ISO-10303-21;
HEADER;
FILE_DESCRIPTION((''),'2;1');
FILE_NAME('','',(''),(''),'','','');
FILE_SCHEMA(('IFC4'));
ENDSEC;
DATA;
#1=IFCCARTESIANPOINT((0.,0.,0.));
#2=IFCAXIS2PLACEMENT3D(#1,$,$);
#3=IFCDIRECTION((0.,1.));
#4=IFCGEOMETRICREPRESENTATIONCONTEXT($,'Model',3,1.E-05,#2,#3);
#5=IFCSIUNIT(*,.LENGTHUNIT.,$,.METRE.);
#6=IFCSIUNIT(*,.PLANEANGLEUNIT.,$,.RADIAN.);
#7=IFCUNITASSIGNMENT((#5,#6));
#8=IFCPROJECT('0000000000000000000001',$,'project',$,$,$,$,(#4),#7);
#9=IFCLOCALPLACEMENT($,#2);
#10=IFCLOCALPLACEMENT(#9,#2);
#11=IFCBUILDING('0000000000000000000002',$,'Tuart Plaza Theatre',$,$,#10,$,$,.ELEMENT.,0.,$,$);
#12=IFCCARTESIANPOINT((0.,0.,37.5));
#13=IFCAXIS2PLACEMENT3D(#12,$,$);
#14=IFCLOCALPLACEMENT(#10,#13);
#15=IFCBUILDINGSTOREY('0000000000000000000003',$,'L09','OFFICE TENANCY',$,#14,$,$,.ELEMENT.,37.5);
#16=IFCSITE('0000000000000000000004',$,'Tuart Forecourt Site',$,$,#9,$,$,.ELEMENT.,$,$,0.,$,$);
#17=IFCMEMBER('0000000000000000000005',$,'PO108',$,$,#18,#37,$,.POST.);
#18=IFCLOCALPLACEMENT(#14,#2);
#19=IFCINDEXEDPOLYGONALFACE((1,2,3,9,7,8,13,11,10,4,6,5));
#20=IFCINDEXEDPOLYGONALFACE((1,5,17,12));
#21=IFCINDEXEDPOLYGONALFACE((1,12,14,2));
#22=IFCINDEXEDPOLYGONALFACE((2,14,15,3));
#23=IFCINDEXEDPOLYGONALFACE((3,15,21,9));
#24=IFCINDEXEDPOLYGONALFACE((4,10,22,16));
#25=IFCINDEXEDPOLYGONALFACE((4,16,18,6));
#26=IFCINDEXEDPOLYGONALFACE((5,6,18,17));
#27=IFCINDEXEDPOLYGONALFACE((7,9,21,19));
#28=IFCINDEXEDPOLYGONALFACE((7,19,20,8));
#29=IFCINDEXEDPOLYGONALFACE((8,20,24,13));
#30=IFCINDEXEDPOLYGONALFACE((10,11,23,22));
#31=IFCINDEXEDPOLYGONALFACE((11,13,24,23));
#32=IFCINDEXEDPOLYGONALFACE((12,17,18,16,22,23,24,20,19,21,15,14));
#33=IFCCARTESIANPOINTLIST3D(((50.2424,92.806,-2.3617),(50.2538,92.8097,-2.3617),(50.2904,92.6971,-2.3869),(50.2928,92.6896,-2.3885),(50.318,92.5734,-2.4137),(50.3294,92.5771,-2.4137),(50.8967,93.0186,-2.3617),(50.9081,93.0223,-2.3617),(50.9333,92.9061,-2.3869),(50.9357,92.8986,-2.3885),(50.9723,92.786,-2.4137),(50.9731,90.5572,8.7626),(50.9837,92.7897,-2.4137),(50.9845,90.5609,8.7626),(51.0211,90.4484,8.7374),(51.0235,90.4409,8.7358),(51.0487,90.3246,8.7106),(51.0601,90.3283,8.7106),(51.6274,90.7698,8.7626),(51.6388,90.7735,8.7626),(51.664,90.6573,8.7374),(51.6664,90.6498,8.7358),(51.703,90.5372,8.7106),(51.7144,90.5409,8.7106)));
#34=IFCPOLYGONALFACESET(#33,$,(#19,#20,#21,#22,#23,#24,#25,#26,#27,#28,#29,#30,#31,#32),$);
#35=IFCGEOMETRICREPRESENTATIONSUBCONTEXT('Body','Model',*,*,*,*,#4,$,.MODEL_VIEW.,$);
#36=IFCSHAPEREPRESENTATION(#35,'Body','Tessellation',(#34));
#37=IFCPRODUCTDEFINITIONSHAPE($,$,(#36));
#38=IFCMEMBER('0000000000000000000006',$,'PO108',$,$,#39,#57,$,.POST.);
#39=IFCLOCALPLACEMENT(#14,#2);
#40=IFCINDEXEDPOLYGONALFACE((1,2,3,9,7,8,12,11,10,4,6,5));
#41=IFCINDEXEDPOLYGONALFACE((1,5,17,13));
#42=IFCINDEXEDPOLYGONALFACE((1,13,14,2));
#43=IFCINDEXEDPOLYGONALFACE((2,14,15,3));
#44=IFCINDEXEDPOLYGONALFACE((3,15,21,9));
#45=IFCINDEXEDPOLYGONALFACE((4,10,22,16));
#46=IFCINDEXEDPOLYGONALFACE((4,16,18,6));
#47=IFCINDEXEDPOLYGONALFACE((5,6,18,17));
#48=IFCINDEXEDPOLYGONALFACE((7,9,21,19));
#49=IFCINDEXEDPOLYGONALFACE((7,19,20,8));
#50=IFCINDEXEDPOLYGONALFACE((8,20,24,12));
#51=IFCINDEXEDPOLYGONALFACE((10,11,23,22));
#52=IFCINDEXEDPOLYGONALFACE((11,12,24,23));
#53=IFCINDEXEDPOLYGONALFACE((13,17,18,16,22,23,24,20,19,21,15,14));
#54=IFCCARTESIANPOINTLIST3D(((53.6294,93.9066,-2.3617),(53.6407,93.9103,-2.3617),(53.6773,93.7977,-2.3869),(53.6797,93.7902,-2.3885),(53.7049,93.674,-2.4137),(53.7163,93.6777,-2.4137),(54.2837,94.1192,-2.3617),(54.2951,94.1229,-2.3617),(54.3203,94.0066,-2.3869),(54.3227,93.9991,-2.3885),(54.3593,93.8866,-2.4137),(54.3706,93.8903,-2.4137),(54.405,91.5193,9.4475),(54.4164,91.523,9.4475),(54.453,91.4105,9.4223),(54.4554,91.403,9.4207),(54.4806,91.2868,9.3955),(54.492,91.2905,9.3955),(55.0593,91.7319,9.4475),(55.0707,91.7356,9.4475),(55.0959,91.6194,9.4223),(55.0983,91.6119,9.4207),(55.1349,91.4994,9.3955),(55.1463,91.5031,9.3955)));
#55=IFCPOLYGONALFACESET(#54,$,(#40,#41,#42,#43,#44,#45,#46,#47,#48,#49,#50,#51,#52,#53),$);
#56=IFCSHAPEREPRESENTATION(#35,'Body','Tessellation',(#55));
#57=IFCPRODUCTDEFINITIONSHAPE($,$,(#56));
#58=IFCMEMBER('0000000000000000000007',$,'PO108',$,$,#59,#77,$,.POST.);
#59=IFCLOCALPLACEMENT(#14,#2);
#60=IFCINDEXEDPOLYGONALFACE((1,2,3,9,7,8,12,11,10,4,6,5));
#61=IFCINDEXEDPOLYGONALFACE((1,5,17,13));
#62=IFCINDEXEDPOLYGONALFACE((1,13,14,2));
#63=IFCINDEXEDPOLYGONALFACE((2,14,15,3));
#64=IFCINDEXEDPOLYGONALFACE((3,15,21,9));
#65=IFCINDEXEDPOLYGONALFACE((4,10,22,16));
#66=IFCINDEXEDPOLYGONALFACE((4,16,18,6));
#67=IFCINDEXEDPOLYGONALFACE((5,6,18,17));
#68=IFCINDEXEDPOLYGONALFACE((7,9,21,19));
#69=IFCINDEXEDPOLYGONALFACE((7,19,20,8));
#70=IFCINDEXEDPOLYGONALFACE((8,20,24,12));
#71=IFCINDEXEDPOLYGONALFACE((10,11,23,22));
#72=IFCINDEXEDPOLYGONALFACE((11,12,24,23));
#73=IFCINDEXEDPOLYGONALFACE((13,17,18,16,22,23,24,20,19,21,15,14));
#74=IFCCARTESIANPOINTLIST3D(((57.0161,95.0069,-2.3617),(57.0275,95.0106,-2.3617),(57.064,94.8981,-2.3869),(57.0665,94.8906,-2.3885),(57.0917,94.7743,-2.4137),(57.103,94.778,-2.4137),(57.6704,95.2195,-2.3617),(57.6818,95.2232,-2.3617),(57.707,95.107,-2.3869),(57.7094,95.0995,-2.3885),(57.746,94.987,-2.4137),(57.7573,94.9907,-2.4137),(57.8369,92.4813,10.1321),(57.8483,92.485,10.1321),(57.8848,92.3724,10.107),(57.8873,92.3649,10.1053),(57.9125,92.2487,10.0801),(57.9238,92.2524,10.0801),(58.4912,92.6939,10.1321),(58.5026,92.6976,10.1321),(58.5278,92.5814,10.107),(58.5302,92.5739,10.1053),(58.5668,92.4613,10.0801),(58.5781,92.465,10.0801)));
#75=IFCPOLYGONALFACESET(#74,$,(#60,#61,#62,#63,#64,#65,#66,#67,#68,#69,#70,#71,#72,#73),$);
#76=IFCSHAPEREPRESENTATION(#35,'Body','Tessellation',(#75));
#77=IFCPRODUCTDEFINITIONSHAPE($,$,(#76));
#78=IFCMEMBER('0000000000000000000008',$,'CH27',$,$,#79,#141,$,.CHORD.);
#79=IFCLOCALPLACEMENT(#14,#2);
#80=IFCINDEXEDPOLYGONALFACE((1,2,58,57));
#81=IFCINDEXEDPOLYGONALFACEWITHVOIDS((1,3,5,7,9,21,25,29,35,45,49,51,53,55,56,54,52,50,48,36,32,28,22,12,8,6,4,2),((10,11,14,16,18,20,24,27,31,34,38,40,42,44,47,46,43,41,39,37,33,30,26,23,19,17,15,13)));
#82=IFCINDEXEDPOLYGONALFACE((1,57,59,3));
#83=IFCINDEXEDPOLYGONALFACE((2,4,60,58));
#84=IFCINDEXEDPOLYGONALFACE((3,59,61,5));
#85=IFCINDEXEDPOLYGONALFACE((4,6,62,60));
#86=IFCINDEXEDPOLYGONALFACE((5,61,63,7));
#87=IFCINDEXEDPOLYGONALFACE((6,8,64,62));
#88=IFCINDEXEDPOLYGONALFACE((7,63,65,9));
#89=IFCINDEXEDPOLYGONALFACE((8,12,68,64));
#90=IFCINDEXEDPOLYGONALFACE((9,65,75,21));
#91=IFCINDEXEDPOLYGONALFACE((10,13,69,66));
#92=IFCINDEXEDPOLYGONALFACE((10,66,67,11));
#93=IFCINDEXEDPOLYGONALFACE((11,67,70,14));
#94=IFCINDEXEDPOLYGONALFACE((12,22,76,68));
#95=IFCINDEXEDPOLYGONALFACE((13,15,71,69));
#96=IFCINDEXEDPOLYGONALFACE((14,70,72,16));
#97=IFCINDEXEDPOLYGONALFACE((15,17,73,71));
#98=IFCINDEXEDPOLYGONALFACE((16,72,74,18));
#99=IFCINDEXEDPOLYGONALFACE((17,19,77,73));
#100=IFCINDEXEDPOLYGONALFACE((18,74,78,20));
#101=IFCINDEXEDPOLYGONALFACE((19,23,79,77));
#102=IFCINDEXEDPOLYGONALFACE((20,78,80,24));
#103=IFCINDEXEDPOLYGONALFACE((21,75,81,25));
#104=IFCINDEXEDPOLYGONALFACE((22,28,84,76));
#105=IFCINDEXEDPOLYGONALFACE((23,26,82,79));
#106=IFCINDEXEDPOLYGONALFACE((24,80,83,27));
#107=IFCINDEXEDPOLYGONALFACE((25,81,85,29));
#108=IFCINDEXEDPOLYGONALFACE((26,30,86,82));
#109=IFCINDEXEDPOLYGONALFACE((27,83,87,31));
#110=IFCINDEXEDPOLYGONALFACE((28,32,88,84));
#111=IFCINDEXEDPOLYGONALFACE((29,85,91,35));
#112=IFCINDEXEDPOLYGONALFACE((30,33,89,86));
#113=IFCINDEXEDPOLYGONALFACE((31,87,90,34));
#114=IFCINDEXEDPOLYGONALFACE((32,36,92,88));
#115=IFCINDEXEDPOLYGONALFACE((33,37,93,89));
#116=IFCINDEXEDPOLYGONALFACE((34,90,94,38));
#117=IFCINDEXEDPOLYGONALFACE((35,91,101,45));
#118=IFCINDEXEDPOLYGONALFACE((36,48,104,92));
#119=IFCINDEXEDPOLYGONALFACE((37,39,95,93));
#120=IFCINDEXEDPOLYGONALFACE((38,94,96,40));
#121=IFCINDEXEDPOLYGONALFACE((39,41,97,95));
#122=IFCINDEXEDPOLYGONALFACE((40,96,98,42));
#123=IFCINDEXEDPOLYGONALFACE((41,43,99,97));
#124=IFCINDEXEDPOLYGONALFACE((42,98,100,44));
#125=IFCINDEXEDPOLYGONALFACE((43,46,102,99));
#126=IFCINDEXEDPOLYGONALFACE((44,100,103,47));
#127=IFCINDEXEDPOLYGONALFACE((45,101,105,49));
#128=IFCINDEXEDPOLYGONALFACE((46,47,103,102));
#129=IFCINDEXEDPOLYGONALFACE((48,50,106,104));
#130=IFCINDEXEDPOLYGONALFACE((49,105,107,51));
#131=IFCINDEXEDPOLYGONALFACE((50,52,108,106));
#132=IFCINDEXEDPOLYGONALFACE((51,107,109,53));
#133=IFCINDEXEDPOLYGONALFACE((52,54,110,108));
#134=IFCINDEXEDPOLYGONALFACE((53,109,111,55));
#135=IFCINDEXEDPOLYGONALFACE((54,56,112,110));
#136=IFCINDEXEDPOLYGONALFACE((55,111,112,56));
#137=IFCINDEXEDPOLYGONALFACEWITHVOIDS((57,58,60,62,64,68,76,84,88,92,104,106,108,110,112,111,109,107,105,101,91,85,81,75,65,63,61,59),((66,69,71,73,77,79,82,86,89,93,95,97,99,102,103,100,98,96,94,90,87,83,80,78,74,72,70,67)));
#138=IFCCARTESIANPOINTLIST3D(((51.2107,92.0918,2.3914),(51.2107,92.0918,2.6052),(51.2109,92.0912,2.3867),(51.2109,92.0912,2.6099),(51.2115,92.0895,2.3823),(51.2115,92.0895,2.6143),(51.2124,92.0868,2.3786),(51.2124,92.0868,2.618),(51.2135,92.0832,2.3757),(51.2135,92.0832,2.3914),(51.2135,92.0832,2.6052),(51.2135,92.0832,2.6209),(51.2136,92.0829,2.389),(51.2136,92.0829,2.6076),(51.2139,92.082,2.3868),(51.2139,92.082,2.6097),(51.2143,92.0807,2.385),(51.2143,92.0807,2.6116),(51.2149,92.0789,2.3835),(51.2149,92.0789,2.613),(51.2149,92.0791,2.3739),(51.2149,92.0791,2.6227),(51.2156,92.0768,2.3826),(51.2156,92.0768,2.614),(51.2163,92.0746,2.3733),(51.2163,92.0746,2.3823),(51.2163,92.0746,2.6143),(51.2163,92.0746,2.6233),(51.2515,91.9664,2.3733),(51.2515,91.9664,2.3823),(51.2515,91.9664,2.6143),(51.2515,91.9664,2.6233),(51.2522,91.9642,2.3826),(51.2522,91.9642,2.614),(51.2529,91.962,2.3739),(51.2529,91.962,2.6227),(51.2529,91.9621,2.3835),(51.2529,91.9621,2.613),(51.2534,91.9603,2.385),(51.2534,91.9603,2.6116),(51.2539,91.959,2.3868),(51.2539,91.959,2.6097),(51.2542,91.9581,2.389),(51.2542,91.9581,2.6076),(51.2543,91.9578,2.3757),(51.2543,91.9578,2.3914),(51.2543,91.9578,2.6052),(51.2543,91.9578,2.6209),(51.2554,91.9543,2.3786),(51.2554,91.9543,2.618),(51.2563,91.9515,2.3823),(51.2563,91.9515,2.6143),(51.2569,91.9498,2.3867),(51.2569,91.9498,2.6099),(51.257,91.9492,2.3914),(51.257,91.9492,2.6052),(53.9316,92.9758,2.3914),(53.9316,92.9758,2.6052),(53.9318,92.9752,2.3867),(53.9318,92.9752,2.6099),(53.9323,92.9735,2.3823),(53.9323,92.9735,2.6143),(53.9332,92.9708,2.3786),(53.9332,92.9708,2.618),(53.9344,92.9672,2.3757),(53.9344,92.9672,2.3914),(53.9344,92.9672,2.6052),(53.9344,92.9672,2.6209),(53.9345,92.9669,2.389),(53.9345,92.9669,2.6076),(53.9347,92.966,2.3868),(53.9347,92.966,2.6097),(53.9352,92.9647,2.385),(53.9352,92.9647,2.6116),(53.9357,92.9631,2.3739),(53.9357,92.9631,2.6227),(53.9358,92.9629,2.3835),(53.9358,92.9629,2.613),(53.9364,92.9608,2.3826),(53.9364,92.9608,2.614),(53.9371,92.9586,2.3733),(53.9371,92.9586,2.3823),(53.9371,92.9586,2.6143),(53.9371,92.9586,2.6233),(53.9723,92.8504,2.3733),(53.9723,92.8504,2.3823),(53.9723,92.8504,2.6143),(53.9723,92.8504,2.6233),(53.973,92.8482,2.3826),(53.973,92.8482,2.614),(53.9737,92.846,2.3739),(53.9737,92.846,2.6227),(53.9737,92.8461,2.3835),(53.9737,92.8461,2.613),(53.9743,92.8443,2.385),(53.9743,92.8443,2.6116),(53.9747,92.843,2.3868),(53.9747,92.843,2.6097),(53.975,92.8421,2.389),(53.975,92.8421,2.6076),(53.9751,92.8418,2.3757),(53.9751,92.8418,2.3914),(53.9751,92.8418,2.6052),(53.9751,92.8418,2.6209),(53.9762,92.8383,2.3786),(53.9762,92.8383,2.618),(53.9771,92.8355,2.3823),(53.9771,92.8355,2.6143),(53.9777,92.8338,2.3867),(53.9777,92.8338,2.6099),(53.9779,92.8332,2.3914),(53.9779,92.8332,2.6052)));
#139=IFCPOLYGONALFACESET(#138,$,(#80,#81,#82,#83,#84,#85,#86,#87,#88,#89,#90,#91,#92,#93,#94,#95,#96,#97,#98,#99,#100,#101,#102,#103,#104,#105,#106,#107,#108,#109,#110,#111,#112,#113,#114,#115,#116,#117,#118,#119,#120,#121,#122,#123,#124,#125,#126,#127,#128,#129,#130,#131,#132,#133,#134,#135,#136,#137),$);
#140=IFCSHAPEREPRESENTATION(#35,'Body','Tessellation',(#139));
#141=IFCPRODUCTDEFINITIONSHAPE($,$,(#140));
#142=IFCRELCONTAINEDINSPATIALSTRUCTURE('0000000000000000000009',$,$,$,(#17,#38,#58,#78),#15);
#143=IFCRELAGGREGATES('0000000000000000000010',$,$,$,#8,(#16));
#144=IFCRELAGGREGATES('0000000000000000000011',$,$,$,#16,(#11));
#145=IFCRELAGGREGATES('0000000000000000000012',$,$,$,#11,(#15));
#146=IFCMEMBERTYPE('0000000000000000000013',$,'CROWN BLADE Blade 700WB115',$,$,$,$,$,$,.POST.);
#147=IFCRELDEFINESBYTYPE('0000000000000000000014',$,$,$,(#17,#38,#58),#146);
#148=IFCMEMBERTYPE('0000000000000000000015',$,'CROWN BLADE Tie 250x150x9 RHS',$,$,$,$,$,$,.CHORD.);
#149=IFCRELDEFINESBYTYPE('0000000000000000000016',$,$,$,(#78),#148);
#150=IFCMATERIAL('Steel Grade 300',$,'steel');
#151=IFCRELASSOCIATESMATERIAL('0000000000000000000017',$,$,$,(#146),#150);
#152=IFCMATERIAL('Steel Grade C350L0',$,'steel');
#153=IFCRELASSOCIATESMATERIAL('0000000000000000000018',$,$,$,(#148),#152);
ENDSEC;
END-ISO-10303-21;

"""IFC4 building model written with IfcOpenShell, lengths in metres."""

from ifc_helpers import new_model, si_unit, direction, frame, origin, origin_2d, place, context, subcontext, project, spatial, hollow_rectangle, i_section, extrude, material, material_profile, profile_set, type_object, element, save


model = new_model("IFC4")

# Units and contexts
model_context = context("Model", 3, precision=1e-05, world=origin(), true_north=direction((0.0, 1.0)))
body_context = subcontext(model_context, "Body", "Model", "MODEL_VIEW")
ifc_project = project(units=[si_unit("LENGTHUNIT", "METRE"), si_unit("PLANEANGLEUNIT", "RADIAN")], contexts=[model_context])

# Site, building, storey
site_placement = place(None, origin())
site = spatial("IfcSite", under=ifc_project, at=site_placement, Name="Tuart Forecourt Site", CompositionType="ELEMENT", RefElevation=0.0)
building_placement = place(site_placement, origin())
building = spatial("IfcBuilding", under=site, at=building_placement, Name="Tuart Plaza Theatre", CompositionType="ELEMENT", ElevationOfRefHeight=0.0)
storey_placement = place(building_placement, frame((0.0, 0.0, 37.5)))
storey = spatial("IfcBuildingStorey", under=building, at=storey_placement, Name="L09", Description="OFFICE TENANCY", CompositionType="ELEMENT", Elevation=37.5)

# Members
ifc_material_1 = material(Name="Steel Grade 300", Category="steel")
ifc_material_profile_1 = material_profile(ifc_material_1, i_section(OverallWidth=0.25, OverallDepth=0.7, WebThickness=0.0081, FlangeThickness=0.012, at=origin_2d()), Name="700WB115")
ifc_profile_set_1 = profile_set([ifc_material_profile_1], Name="Steel Grade 300")
member_type_1 = type_object("IfcMemberType", Name="CROWN BLADE Blade 700WB115", PredefinedType="POST", material=ifc_profile_set_1)
member_1_placement = place(storey_placement, frame((50.613, 92.7979, -2.3877), z_axis=(0.064251, -0.197733, 0.978148), x_axis=(-0.302279, 0.930269, 0.20791)))
element("IfcMember", 1, at=member_1_placement, inside=storey, type_object=member_type_1, Name="PO108", PredefinedType="POST", context=body_context, shape_type="SweptSolid", body=[
    extrude(i_section(OverallWidth=0.25, OverallDepth=0.7, WebThickness=0.0081, FlangeThickness=0.012, at=origin_2d()), origin(), (0.0, 0.0, 1.0), 11.3728),
])
member_2_placement = place(storey_placement, frame((54.0, 93.8984, -2.3877), z_axis=(0.064246, -0.197733, 0.978148), x_axis=(-0.302259, 0.930276, 0.207908)))
element("IfcMember", 2, at=member_2_placement, inside=storey, type_object=member_type_1, Name="PO108", PredefinedType="POST", context=body_context, shape_type="SweptSolid", body=[
    extrude(i_section(OverallWidth=0.25, OverallDepth=0.7, WebThickness=0.0081, FlangeThickness=0.012, at=origin_2d()), origin(), (0.0, 0.0, 1.0), 12.073),
])
member_3_placement = place(storey_placement, frame((57.3867, 94.9988, -2.3877), z_axis=(0.064261, -0.197732, 0.978148), x_axis=(-0.302322, 0.930255, 0.207912)))
element("IfcMember", 3, at=member_3_placement, inside=storey, type_object=member_type_1, Name="PO108", PredefinedType="POST", context=body_context, shape_type="SweptSolid", body=[
    extrude(i_section(OverallWidth=0.25, OverallDepth=0.7, WebThickness=0.0081, FlangeThickness=0.012, at=origin_2d()), origin(), (0.0, 0.0, 1.0), 12.7729),
])
ifc_material_2 = material(Name="Steel Grade C350L0", Category="steel")
ifc_material_profile_2 = material_profile(ifc_material_2, hollow_rectangle(XDim=0.1499, YDim=0.25, WallThickness=0.009, InnerFilletRadius=0.009, OuterFilletRadius=0.0181, at=origin_2d()), Name="250x150x9 RHS")
ifc_profile_set_2 = profile_set([ifc_material_profile_2], Name="Steel Grade C350L0")
member_type_2 = type_object("IfcMemberType", Name="CROWN BLADE Tie 250x150x9 RHS", PredefinedType="CHORD", material=ifc_profile_set_2)
member_4_placement = place(storey_placement, frame((51.2339, 92.0205, 2.4983), z_axis=(0.951062, 0.308999, 0.0), x_axis=(-0.308999, 0.951062, 0.0)))
element("IfcMember", 4, at=member_4_placement, inside=storey, type_object=member_type_2, Name="CH27", PredefinedType="CHORD", context=body_context, shape_type="SweptSolid", body=[
    extrude(hollow_rectangle(XDim=0.1499, YDim=0.25, WallThickness=0.009, InnerFilletRadius=0.009, OuterFilletRadius=0.0181, at=origin_2d()), origin(), (0.0, 0.0, 1.0), 2.8608),
])

save(model, "model.ifc")
